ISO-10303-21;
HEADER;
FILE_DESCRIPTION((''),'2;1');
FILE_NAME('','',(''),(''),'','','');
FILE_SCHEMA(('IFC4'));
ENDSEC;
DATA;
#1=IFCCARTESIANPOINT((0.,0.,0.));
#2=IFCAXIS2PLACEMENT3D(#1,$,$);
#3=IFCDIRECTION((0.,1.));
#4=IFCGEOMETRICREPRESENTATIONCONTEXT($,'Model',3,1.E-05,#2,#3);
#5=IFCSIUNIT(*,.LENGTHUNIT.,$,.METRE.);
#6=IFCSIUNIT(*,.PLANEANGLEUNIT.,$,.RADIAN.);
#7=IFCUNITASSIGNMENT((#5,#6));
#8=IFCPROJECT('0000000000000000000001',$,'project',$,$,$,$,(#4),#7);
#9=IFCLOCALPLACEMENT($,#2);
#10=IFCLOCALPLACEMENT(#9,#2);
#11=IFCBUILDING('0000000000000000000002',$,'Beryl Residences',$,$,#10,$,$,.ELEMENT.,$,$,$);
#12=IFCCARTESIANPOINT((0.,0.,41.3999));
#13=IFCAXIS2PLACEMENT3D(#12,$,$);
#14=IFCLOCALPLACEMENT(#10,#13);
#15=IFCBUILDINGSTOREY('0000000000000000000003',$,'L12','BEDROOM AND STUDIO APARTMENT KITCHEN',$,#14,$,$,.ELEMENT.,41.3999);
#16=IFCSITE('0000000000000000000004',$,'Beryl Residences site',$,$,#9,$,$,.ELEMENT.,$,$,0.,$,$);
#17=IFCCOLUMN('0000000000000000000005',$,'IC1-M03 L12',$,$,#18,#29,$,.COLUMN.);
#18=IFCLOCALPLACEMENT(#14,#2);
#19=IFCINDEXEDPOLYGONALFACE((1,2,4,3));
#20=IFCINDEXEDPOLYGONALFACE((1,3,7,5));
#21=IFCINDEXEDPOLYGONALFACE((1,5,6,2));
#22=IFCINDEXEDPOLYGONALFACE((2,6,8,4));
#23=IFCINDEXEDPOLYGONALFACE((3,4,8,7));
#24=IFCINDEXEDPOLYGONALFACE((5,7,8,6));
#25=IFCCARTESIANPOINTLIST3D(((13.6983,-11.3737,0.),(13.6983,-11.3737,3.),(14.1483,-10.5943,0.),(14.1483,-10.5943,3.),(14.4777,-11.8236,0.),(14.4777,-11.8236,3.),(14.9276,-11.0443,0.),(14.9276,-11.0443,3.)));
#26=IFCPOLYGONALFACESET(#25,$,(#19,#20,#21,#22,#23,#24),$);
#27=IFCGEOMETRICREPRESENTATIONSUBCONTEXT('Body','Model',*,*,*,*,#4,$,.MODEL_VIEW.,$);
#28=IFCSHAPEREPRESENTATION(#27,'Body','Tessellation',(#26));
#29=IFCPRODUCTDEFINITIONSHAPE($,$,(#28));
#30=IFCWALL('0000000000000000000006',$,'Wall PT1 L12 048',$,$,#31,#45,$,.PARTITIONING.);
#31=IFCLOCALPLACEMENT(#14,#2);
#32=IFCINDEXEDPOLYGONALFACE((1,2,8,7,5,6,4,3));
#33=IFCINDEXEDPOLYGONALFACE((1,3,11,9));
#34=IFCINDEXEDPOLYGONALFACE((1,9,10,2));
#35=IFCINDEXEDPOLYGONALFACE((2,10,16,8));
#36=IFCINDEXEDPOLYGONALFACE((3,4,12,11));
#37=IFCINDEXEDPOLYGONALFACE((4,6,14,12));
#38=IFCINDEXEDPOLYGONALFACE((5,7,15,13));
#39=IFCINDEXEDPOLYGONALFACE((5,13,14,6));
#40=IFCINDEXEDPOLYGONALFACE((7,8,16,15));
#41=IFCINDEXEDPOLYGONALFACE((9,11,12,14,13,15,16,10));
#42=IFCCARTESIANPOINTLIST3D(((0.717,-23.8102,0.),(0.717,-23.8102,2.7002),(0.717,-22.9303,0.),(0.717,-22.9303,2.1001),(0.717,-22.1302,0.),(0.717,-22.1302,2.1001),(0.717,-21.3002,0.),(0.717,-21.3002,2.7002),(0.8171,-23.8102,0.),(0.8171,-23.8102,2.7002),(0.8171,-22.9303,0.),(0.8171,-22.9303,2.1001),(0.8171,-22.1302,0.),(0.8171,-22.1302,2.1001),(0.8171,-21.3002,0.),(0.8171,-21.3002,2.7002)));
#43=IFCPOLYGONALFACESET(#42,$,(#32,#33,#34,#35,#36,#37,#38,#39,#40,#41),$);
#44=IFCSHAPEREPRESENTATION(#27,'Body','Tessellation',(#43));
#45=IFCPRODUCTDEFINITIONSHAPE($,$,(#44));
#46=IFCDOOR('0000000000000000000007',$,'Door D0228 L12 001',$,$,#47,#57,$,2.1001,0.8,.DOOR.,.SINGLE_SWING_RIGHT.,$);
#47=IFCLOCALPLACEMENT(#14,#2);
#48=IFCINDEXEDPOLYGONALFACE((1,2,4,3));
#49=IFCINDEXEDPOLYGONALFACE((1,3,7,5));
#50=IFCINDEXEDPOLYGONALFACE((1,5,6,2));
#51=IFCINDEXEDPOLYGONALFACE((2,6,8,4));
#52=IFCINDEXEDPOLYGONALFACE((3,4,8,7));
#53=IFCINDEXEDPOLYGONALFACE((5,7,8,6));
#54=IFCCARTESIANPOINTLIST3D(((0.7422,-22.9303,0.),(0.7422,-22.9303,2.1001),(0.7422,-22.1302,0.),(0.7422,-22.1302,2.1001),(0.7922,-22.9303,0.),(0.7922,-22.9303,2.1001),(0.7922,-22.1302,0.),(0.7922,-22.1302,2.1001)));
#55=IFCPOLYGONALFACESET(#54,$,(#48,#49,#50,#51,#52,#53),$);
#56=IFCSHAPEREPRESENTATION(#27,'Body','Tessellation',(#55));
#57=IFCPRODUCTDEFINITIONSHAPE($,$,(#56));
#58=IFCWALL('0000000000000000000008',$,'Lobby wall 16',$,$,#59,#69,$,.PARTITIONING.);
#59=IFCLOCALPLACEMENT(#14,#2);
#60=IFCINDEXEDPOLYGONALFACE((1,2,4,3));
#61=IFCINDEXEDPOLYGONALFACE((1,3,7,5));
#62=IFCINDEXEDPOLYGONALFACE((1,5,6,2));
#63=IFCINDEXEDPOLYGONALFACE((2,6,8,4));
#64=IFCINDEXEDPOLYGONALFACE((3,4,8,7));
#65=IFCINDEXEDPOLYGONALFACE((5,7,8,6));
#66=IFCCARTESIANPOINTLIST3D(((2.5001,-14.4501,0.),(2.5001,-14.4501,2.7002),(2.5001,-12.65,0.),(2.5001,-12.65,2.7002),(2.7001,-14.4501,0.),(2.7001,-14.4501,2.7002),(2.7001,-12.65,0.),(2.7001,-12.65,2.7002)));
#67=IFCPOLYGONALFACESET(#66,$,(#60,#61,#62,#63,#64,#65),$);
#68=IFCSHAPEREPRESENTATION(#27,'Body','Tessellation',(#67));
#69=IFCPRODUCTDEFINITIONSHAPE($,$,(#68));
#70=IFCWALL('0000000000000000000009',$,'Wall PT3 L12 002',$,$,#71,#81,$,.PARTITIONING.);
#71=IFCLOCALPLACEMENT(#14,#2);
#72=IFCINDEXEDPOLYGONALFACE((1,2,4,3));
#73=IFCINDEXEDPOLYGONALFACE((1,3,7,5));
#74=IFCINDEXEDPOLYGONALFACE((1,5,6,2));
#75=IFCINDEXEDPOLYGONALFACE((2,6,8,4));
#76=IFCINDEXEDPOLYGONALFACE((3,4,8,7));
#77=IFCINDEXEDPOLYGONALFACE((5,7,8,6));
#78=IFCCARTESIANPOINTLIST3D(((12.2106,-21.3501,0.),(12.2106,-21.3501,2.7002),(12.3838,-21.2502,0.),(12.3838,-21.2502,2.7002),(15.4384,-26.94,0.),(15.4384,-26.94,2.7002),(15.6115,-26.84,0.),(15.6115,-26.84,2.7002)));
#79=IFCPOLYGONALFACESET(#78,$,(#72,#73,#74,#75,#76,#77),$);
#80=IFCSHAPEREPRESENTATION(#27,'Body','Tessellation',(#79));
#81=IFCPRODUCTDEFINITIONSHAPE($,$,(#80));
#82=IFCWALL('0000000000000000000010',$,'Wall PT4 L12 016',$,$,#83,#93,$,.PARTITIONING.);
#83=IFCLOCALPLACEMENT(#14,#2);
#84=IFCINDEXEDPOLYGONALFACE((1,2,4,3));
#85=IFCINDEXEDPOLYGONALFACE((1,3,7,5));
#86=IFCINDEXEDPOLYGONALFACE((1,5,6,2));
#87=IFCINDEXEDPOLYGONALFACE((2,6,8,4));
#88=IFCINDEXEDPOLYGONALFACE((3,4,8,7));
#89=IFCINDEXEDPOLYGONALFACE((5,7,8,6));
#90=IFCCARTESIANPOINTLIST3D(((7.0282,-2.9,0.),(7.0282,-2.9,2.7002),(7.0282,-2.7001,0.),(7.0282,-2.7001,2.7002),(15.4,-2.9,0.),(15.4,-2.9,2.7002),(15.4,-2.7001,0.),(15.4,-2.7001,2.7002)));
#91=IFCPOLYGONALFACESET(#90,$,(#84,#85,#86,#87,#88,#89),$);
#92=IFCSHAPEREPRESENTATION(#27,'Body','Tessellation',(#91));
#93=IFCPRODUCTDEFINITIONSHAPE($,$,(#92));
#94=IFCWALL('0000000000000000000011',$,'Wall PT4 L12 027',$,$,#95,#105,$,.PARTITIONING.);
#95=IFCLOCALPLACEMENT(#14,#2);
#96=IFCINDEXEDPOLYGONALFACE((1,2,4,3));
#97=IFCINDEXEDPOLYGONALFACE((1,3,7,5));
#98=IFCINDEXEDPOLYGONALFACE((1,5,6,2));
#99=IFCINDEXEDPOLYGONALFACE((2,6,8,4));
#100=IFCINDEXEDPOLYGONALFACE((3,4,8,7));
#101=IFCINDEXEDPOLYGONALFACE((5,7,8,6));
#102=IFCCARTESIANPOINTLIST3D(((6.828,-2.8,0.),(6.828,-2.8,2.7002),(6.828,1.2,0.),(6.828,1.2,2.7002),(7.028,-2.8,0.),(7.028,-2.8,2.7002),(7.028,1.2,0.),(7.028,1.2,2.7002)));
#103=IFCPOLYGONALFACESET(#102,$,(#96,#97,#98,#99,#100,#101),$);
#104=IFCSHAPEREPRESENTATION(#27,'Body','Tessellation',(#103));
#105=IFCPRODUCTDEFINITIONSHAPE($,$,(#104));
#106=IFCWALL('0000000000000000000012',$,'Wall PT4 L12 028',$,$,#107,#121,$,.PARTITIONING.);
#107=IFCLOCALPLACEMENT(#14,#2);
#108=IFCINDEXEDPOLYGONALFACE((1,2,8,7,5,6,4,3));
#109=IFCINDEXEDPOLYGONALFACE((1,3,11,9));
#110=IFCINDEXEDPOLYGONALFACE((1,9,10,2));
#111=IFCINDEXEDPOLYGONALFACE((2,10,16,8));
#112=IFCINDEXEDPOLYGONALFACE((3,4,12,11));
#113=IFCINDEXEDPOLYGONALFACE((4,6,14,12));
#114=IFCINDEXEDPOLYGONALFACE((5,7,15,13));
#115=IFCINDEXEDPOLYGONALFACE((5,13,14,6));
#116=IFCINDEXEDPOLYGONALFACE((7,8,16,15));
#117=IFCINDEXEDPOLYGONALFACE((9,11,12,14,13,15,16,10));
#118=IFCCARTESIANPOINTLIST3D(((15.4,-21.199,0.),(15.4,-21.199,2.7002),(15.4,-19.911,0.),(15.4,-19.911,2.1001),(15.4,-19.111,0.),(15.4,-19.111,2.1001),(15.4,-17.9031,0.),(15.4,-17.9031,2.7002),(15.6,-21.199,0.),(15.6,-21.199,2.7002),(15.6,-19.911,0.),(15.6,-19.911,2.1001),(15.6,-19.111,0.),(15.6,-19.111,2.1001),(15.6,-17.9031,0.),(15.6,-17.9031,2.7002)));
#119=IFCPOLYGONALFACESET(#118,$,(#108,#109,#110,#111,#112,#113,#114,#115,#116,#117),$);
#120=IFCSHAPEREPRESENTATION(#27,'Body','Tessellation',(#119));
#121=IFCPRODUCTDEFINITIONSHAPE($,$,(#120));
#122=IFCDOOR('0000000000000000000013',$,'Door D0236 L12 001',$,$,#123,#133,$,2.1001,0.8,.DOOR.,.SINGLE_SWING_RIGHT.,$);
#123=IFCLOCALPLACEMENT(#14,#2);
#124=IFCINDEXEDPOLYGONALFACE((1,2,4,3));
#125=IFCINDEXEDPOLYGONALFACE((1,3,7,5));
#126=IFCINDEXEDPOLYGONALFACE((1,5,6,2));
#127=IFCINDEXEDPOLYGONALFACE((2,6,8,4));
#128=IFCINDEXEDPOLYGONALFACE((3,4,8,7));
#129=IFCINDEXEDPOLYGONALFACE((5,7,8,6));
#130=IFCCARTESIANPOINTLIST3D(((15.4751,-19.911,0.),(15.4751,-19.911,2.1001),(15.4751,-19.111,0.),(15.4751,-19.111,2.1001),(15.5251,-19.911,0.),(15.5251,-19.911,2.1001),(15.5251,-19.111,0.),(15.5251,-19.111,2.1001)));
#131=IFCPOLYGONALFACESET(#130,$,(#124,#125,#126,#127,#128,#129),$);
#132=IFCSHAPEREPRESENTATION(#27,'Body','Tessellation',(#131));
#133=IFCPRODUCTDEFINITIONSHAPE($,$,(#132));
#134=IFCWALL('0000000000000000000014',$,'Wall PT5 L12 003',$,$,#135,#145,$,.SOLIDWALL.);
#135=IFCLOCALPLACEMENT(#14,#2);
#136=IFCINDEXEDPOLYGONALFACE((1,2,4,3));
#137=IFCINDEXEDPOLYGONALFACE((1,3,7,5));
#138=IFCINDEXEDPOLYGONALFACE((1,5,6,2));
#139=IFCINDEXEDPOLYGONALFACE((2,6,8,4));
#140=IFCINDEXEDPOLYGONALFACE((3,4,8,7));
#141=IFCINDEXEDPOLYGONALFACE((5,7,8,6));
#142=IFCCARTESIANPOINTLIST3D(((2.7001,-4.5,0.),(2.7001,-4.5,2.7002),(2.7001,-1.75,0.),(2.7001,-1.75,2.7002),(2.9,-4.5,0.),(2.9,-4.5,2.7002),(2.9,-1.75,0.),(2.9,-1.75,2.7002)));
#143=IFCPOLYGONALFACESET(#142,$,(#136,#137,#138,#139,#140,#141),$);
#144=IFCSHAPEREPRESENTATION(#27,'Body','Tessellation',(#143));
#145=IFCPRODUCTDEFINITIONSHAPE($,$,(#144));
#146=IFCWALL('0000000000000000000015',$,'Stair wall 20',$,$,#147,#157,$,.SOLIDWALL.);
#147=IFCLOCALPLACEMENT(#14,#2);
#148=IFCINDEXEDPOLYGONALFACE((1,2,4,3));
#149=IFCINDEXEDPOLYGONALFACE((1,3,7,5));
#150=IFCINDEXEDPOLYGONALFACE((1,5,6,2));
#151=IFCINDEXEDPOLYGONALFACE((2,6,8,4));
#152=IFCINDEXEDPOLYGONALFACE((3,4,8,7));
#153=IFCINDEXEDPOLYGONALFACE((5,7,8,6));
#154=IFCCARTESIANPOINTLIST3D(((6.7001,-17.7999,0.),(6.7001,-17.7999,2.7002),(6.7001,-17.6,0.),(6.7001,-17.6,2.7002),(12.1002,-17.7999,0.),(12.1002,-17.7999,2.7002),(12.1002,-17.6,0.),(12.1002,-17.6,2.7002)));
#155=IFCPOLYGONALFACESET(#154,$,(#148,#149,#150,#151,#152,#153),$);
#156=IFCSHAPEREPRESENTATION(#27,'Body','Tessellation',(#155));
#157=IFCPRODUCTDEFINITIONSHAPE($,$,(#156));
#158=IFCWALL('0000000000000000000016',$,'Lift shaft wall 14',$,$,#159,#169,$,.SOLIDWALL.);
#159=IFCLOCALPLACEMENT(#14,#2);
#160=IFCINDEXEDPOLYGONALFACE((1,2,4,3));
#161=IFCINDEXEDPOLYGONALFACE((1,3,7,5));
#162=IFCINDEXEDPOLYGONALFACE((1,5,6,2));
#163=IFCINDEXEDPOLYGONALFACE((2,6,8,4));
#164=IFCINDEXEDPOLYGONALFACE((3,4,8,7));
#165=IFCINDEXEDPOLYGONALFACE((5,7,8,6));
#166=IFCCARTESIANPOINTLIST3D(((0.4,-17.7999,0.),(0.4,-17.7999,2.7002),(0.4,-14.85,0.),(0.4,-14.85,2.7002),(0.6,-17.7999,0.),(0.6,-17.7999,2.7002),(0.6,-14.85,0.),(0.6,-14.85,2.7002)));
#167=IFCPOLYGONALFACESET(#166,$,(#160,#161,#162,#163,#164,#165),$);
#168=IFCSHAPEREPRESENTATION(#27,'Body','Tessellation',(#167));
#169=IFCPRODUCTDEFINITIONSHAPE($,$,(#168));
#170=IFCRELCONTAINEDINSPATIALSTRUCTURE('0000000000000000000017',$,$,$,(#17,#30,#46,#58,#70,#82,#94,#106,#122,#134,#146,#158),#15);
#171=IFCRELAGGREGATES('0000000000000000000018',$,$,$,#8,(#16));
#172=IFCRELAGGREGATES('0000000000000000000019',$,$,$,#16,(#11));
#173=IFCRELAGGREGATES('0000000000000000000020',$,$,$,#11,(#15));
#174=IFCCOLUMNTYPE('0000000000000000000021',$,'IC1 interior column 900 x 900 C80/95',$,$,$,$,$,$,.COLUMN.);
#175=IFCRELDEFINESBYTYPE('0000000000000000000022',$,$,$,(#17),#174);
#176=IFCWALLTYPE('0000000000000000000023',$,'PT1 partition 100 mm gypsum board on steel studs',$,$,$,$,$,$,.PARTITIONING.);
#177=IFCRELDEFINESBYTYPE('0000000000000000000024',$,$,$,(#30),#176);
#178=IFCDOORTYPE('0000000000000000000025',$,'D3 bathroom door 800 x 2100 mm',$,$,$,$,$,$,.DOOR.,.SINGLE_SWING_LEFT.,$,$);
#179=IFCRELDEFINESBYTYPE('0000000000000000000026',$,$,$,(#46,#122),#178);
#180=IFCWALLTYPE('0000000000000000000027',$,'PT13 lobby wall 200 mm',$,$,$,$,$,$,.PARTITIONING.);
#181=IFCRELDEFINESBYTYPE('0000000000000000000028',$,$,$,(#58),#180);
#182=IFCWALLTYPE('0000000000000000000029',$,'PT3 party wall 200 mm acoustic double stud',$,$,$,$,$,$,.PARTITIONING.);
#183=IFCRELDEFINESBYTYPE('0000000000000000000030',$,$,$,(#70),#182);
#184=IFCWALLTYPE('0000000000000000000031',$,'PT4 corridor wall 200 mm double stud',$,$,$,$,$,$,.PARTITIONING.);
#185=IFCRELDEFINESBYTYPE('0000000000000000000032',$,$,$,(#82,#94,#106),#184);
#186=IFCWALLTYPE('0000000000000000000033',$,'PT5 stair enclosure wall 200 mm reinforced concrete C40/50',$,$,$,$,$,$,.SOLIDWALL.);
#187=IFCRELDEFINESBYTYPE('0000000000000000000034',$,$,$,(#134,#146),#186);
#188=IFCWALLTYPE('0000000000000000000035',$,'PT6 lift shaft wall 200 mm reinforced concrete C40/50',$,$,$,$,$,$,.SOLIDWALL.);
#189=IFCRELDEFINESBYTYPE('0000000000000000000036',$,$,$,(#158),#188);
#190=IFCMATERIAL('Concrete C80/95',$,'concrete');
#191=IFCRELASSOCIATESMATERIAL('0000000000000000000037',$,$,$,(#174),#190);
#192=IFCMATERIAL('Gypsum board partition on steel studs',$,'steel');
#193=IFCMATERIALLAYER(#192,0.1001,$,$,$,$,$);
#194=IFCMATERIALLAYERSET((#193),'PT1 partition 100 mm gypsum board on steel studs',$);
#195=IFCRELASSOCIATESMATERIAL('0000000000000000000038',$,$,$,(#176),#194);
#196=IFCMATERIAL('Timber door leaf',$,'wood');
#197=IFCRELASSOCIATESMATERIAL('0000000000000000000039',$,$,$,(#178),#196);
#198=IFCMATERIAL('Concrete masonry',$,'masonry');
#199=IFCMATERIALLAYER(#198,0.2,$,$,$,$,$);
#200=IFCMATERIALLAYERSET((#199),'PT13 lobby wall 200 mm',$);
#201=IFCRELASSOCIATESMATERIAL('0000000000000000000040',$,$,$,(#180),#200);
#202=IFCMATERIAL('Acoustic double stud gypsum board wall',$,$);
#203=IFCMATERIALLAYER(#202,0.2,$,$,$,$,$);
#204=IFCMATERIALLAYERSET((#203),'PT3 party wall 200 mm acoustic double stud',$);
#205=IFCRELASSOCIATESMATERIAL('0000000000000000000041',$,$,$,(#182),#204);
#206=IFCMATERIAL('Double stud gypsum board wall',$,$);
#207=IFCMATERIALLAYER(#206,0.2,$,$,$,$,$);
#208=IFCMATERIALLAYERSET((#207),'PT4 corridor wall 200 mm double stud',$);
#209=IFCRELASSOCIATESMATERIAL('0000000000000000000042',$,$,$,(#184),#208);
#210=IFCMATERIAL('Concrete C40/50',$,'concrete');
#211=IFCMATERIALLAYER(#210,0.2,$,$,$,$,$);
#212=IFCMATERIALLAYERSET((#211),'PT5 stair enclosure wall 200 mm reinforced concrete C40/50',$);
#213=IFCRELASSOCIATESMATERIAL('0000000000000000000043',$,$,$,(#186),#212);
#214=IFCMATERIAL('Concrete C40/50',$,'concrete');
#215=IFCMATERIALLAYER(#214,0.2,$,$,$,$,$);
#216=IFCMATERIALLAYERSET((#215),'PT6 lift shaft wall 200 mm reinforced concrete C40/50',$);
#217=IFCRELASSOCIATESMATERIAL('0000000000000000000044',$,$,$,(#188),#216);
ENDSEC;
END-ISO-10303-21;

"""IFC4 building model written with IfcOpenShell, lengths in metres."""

from ifc_helpers import new_model, si_unit, direction, frame, frame_2d, origin, origin_2d, place, context, subcontext, project, spatial, rectangle, extrude, material, layer, layer_set, material_profile, profile_set, type_object, element, fill, save


model = new_model("IFC4")

# Units and contexts
model_context = context("Model", 3, precision=1e-05, world=origin(), true_north=direction((0.0, 1.0)))
body_context = subcontext(model_context, "Body", "Model", "MODEL_VIEW")
ifc_project = project(units=[si_unit("LENGTHUNIT", "METRE"), si_unit("PLANEANGLEUNIT", "RADIAN")], contexts=[model_context])

# Site, building, storey
site_placement = place(None, origin())
site = spatial("IfcSite", under=ifc_project, at=site_placement, Name="Beryl Residences site", CompositionType="ELEMENT", RefElevation=0.0)
building_placement = place(site_placement, origin())
building = spatial("IfcBuilding", under=site, at=building_placement, Name="Beryl Residences", CompositionType="ELEMENT")
storey_placement = place(building_placement, frame((0.0, 0.0, 41.3999)))
storey = spatial("IfcBuildingStorey", under=building, at=storey_placement, Name="L12", Description="BEDROOM AND STUDIO APARTMENT KITCHEN", CompositionType="ELEMENT", Elevation=41.3999)

# Column
ifc_material_1 = material(Name="Concrete C80/95", Category="concrete")
ifc_material_profile = material_profile(ifc_material_1, rectangle(XDim=0.8999, YDim=0.8999, at=origin_2d()))
ifc_profile_set = profile_set([ifc_material_profile], Name="Concrete C80/95")
column_type = type_object("IfcColumnType", Name="IC1 interior column 900 x 900 C80/95", PredefinedType="COLUMN", material=ifc_profile_set)
column_placement = place(storey_placement, frame((14.313, -11.209, 0.0), z_axis=(0.0, 0.0, 1.0), x_axis=(0.499985, 0.866034, 0.0)))
element("IfcColumn", 1, at=column_placement, inside=storey, type_object=column_type, Name="IC1-M03 L12", PredefinedType="COLUMN", context=body_context, shape_type="SweptSolid", body=[
    extrude(rectangle(XDim=0.8999, YDim=0.8999, at=origin_2d()), origin(), (0.0, 0.0, 1.0), 3.0),
])

# Wall, opening, door
ifc_material_2 = material(Name="Gypsum board partition on steel studs", Category="steel")
ifc_layer_1 = layer(ifc_material_2, 0.1001)
ifc_layer_set_1 = layer_set([ifc_layer_1], Name="PT1 partition 100 mm gypsum board on steel studs")
wall_type_1 = type_object("IfcWallType", Name="PT1 partition 100 mm gypsum board on steel studs", PredefinedType="PARTITIONING", material=ifc_layer_set_1)
wall_1_placement = place(storey_placement, frame((0.7671, -23.8101, 0.0), z_axis=(0.0, 0.0, 1.0), x_axis=(0.0, 1.0, 0.0)))
wall_1 = element("IfcWall", 2, at=wall_1_placement, inside=storey, type_object=wall_type_1, Name="Wall PT1 L12 048", PredefinedType="PARTITIONING", context=body_context, shape_type="SweptSolid", body=[
    extrude(rectangle(XDim=2.51, YDim=0.1001, at=frame_2d((1.2549, 0.0))), origin(), (0.0, 0.0, 1.0), 2.7002),
])
opening_1_placement = place(wall_1_placement, frame((0.8799, 0.0, 0.0)))
opening_1 = element("IfcOpeningElement", 3, at=opening_1_placement, cuts=wall_1, PredefinedType="OPENING", context=body_context, shape_type="SweptSolid", body=[
    extrude(rectangle(XDim=0.8, YDim=2.1001, at=frame_2d((0.3999, 1.05))), frame((0.0, 0.0601, 0.0), z_axis=(0.0, -1.0, 0.0), x_axis=(1.0, 0.0, 0.0)), (0.0, 0.0, 1.0), 0.1201),
])
ifc_material_3 = material(Name="Timber door leaf", Category="wood")
door_type = type_object("IfcDoorType", Name="D3 bathroom door 800 x 2100 mm", OperationType="SINGLE_SWING_LEFT", PredefinedType="DOOR", material=ifc_material_3)
door_1_placement = place(opening_1_placement, origin())
door_1 = element("IfcDoor", 4, at=door_1_placement, inside=storey, type_object=door_type, Name="Door D0228 L12 001", OperationType="SINGLE_SWING_RIGHT", OverallHeight=2.1001, OverallWidth=0.8, PredefinedType="DOOR", context=body_context, shape_type="SweptSolid", body=[
    extrude(rectangle(XDim=0.8, YDim=2.1001, at=frame_2d((0.3999, 1.05))), frame((0.0, 0.0249, 0.0), z_axis=(0.0, -1.0, 0.0), x_axis=(1.0, 0.0, 0.0)), (0.0, 0.0, 1.0), 0.05),
])
fill(opening_1, door_1)

# Walls
ifc_material_4 = material(Name="Concrete masonry", Category="masonry")
ifc_layer_2 = layer(ifc_material_4, 0.2)
ifc_layer_set_2 = layer_set([ifc_layer_2], Name="PT13 lobby wall 200 mm")
wall_type_2 = type_object("IfcWallType", Name="PT13 lobby wall 200 mm", PredefinedType="PARTITIONING", material=ifc_layer_set_2)
wall_2_placement = place(storey_placement, frame((2.6001, -14.45, 0.0), z_axis=(0.0, 0.0, 1.0), x_axis=(0.0, 1.0, 0.0)))
element("IfcWall", 5, at=wall_2_placement, inside=storey, type_object=wall_type_2, Name="Lobby wall 16", PredefinedType="PARTITIONING", context=body_context, shape_type="SweptSolid", body=[
    extrude(rectangle(XDim=1.8, YDim=0.2, at=frame_2d((0.8999, 0.0))), origin(), (0.0, 0.0, 1.0), 2.7002),
])
ifc_material_5 = material(Name="Acoustic double stud gypsum board wall")
ifc_layer_3 = layer(ifc_material_5, 0.2)
ifc_layer_set_3 = layer_set([ifc_layer_3], Name="PT3 party wall 200 mm acoustic double stud")
wall_type_3 = type_object("IfcWallType", Name="PT3 party wall 200 mm acoustic double stud", PredefinedType="PARTITIONING", material=ifc_layer_set_3)
wall_3_placement = place(storey_placement, frame((12.2971, -21.3, 0.0), z_axis=(0.0, 0.0, 1.0), x_axis=(0.500056, -0.865993, 0.0)))
element("IfcWall", 6, at=wall_3_placement, inside=storey, type_object=wall_type_3, Name="Wall PT3 L12 002", PredefinedType="PARTITIONING", context=body_context, shape_type="SweptSolid", body=[
    extrude(rectangle(XDim=6.4548, YDim=0.2, at=frame_2d((3.2275, 0.0))), origin(), (0.0, 0.0, 1.0), 2.7002),
])
ifc_material_6 = material(Name="Double stud gypsum board wall")
ifc_layer_4 = layer(ifc_material_6, 0.2)
ifc_layer_set_4 = layer_set([ifc_layer_4], Name="PT4 corridor wall 200 mm double stud")
wall_type_4 = type_object("IfcWallType", Name="PT4 corridor wall 200 mm double stud", PredefinedType="PARTITIONING", material=ifc_layer_set_4)
wall_4_placement = place(storey_placement, frame((7.0281, -2.8, 0.0), z_axis=(0.0, 0.0, 1.0), x_axis=(1.0, 0.0, 0.0)))
element("IfcWall", 7, at=wall_4_placement, inside=storey, type_object=wall_type_4, Name="Wall PT4 L12 016", PredefinedType="PARTITIONING", context=body_context, shape_type="SweptSolid", body=[
    extrude(rectangle(XDim=8.3718, YDim=0.2, at=frame_2d((4.186, 0.0))), origin(), (0.0, 0.0, 1.0), 2.7002),
])
wall_5_placement = place(storey_placement, frame((6.928, -2.8, 0.0), z_axis=(0.0, 0.0, 1.0), x_axis=(0.0, 1.0, 0.0)))
element("IfcWall", 8, at=wall_5_placement, inside=storey, type_object=wall_type_4, Name="Wall PT4 L12 027", PredefinedType="PARTITIONING", context=body_context, shape_type="SweptSolid", body=[
    extrude(rectangle(XDim=4.0, YDim=0.2, at=frame_2d((2.0, 0.0))), origin(), (0.0, 0.0, 1.0), 2.7002),
])

# Wall, opening, door
wall_6_placement = place(storey_placement, frame((15.5, -21.199, 0.0), z_axis=(0.0, 0.0, 1.0), x_axis=(0.0, 1.0, 0.0)))
wall_6 = element("IfcWall", 9, at=wall_6_placement, inside=storey, type_object=wall_type_4, Name="Wall PT4 L12 028", PredefinedType="PARTITIONING", context=body_context, shape_type="SweptSolid", body=[
    extrude(rectangle(XDim=3.2959, YDim=0.2, at=frame_2d((1.6479, 0.0))), origin(), (0.0, 0.0, 1.0), 2.7002),
])
opening_2_placement = place(wall_6_placement, frame((1.2881, 0.0, 0.0)))
opening_2 = element("IfcOpeningElement", 10, at=opening_2_placement, cuts=wall_6, PredefinedType="OPENING", context=body_context, shape_type="SweptSolid", body=[
    extrude(rectangle(XDim=0.8, YDim=2.1001, at=frame_2d((0.3999, 1.05))), frame((0.0, 0.1099, 0.0), z_axis=(0.0, -1.0, 0.0), x_axis=(1.0, 0.0, 0.0)), (0.0, 0.0, 1.0), 0.22),
])
door_2_placement = place(opening_2_placement, origin())
door_2 = element("IfcDoor", 11, at=door_2_placement, inside=storey, type_object=door_type, Name="Door D0236 L12 001", OperationType="SINGLE_SWING_RIGHT", OverallHeight=2.1001, OverallWidth=0.8, PredefinedType="DOOR", context=body_context, shape_type="SweptSolid", body=[
    extrude(rectangle(XDim=0.8, YDim=2.1001, at=frame_2d((0.3999, 1.05))), frame((0.0, 0.0249, 0.0), z_axis=(0.0, -1.0, 0.0), x_axis=(1.0, 0.0, 0.0)), (0.0, 0.0, 1.0), 0.05),
])
fill(opening_2, door_2)

# Walls
ifc_material_7 = material(Name="Concrete C40/50", Category="concrete")
ifc_layer_5 = layer(ifc_material_7, 0.2)
ifc_layer_set_5 = layer_set([ifc_layer_5], Name="PT5 stair enclosure wall 200 mm reinforced concrete C40/50")
wall_type_5 = type_object("IfcWallType", Name="PT5 stair enclosure wall 200 mm reinforced concrete C40/50", PredefinedType="SOLIDWALL", material=ifc_layer_set_5)
wall_7_placement = place(storey_placement, frame((2.8, -4.5, 0.0), z_axis=(0.0, 0.0, 1.0), x_axis=(0.0, 1.0, 0.0)))
element("IfcWall", 12, at=wall_7_placement, inside=storey, type_object=wall_type_5, Name="Wall PT5 L12 003", PredefinedType="SOLIDWALL", context=body_context, shape_type="SweptSolid", body=[
    extrude(rectangle(XDim=2.75, YDim=0.2, at=frame_2d((1.375, 0.0))), origin(), (0.0, 0.0, 1.0), 2.7002),
])
wall_8_placement = place(storey_placement, frame((6.7, -17.7, 0.0), z_axis=(0.0, 0.0, 1.0), x_axis=(1.0, 0.0, 0.0)))
element("IfcWall", 13, at=wall_8_placement, inside=storey, type_object=wall_type_5, Name="Stair wall 20", PredefinedType="SOLIDWALL", context=body_context, shape_type="SweptSolid", body=[
    extrude(rectangle(XDim=5.4001, YDim=0.2, at=frame_2d((2.7002, 0.0))), origin(), (0.0, 0.0, 1.0), 2.7002),
])
ifc_material_8 = material(Name="Concrete C40/50", Category="concrete")
ifc_layer_6 = layer(ifc_material_8, 0.2)
ifc_layer_set_6 = layer_set([ifc_layer_6], Name="PT6 lift shaft wall 200 mm reinforced concrete C40/50")
wall_type_6 = type_object("IfcWallType", Name="PT6 lift shaft wall 200 mm reinforced concrete C40/50", PredefinedType="SOLIDWALL", material=ifc_layer_set_6)
for number, where, z_axis, x_axis, name in (
    (14, (0.5, -17.8, 0.0), (0.0, 0.0, 1.0), (0.0, 1.0, 0.0), "Lift shaft wall 14"),
):
    element("IfcWall", number, at=place(storey_placement, frame(where, z_axis=z_axis, x_axis=x_axis)), inside=storey, type_object=wall_type_6, Name=name, PredefinedType="SOLIDWALL", context=body_context, shape_type="SweptSolid", body=[
        extrude(rectangle(XDim=2.95, YDim=0.2, at=frame_2d((1.4751, 0.0))), origin(), (0.0, 0.0, 1.0), 2.7002),
    ])

save(model, "model.ifc")
